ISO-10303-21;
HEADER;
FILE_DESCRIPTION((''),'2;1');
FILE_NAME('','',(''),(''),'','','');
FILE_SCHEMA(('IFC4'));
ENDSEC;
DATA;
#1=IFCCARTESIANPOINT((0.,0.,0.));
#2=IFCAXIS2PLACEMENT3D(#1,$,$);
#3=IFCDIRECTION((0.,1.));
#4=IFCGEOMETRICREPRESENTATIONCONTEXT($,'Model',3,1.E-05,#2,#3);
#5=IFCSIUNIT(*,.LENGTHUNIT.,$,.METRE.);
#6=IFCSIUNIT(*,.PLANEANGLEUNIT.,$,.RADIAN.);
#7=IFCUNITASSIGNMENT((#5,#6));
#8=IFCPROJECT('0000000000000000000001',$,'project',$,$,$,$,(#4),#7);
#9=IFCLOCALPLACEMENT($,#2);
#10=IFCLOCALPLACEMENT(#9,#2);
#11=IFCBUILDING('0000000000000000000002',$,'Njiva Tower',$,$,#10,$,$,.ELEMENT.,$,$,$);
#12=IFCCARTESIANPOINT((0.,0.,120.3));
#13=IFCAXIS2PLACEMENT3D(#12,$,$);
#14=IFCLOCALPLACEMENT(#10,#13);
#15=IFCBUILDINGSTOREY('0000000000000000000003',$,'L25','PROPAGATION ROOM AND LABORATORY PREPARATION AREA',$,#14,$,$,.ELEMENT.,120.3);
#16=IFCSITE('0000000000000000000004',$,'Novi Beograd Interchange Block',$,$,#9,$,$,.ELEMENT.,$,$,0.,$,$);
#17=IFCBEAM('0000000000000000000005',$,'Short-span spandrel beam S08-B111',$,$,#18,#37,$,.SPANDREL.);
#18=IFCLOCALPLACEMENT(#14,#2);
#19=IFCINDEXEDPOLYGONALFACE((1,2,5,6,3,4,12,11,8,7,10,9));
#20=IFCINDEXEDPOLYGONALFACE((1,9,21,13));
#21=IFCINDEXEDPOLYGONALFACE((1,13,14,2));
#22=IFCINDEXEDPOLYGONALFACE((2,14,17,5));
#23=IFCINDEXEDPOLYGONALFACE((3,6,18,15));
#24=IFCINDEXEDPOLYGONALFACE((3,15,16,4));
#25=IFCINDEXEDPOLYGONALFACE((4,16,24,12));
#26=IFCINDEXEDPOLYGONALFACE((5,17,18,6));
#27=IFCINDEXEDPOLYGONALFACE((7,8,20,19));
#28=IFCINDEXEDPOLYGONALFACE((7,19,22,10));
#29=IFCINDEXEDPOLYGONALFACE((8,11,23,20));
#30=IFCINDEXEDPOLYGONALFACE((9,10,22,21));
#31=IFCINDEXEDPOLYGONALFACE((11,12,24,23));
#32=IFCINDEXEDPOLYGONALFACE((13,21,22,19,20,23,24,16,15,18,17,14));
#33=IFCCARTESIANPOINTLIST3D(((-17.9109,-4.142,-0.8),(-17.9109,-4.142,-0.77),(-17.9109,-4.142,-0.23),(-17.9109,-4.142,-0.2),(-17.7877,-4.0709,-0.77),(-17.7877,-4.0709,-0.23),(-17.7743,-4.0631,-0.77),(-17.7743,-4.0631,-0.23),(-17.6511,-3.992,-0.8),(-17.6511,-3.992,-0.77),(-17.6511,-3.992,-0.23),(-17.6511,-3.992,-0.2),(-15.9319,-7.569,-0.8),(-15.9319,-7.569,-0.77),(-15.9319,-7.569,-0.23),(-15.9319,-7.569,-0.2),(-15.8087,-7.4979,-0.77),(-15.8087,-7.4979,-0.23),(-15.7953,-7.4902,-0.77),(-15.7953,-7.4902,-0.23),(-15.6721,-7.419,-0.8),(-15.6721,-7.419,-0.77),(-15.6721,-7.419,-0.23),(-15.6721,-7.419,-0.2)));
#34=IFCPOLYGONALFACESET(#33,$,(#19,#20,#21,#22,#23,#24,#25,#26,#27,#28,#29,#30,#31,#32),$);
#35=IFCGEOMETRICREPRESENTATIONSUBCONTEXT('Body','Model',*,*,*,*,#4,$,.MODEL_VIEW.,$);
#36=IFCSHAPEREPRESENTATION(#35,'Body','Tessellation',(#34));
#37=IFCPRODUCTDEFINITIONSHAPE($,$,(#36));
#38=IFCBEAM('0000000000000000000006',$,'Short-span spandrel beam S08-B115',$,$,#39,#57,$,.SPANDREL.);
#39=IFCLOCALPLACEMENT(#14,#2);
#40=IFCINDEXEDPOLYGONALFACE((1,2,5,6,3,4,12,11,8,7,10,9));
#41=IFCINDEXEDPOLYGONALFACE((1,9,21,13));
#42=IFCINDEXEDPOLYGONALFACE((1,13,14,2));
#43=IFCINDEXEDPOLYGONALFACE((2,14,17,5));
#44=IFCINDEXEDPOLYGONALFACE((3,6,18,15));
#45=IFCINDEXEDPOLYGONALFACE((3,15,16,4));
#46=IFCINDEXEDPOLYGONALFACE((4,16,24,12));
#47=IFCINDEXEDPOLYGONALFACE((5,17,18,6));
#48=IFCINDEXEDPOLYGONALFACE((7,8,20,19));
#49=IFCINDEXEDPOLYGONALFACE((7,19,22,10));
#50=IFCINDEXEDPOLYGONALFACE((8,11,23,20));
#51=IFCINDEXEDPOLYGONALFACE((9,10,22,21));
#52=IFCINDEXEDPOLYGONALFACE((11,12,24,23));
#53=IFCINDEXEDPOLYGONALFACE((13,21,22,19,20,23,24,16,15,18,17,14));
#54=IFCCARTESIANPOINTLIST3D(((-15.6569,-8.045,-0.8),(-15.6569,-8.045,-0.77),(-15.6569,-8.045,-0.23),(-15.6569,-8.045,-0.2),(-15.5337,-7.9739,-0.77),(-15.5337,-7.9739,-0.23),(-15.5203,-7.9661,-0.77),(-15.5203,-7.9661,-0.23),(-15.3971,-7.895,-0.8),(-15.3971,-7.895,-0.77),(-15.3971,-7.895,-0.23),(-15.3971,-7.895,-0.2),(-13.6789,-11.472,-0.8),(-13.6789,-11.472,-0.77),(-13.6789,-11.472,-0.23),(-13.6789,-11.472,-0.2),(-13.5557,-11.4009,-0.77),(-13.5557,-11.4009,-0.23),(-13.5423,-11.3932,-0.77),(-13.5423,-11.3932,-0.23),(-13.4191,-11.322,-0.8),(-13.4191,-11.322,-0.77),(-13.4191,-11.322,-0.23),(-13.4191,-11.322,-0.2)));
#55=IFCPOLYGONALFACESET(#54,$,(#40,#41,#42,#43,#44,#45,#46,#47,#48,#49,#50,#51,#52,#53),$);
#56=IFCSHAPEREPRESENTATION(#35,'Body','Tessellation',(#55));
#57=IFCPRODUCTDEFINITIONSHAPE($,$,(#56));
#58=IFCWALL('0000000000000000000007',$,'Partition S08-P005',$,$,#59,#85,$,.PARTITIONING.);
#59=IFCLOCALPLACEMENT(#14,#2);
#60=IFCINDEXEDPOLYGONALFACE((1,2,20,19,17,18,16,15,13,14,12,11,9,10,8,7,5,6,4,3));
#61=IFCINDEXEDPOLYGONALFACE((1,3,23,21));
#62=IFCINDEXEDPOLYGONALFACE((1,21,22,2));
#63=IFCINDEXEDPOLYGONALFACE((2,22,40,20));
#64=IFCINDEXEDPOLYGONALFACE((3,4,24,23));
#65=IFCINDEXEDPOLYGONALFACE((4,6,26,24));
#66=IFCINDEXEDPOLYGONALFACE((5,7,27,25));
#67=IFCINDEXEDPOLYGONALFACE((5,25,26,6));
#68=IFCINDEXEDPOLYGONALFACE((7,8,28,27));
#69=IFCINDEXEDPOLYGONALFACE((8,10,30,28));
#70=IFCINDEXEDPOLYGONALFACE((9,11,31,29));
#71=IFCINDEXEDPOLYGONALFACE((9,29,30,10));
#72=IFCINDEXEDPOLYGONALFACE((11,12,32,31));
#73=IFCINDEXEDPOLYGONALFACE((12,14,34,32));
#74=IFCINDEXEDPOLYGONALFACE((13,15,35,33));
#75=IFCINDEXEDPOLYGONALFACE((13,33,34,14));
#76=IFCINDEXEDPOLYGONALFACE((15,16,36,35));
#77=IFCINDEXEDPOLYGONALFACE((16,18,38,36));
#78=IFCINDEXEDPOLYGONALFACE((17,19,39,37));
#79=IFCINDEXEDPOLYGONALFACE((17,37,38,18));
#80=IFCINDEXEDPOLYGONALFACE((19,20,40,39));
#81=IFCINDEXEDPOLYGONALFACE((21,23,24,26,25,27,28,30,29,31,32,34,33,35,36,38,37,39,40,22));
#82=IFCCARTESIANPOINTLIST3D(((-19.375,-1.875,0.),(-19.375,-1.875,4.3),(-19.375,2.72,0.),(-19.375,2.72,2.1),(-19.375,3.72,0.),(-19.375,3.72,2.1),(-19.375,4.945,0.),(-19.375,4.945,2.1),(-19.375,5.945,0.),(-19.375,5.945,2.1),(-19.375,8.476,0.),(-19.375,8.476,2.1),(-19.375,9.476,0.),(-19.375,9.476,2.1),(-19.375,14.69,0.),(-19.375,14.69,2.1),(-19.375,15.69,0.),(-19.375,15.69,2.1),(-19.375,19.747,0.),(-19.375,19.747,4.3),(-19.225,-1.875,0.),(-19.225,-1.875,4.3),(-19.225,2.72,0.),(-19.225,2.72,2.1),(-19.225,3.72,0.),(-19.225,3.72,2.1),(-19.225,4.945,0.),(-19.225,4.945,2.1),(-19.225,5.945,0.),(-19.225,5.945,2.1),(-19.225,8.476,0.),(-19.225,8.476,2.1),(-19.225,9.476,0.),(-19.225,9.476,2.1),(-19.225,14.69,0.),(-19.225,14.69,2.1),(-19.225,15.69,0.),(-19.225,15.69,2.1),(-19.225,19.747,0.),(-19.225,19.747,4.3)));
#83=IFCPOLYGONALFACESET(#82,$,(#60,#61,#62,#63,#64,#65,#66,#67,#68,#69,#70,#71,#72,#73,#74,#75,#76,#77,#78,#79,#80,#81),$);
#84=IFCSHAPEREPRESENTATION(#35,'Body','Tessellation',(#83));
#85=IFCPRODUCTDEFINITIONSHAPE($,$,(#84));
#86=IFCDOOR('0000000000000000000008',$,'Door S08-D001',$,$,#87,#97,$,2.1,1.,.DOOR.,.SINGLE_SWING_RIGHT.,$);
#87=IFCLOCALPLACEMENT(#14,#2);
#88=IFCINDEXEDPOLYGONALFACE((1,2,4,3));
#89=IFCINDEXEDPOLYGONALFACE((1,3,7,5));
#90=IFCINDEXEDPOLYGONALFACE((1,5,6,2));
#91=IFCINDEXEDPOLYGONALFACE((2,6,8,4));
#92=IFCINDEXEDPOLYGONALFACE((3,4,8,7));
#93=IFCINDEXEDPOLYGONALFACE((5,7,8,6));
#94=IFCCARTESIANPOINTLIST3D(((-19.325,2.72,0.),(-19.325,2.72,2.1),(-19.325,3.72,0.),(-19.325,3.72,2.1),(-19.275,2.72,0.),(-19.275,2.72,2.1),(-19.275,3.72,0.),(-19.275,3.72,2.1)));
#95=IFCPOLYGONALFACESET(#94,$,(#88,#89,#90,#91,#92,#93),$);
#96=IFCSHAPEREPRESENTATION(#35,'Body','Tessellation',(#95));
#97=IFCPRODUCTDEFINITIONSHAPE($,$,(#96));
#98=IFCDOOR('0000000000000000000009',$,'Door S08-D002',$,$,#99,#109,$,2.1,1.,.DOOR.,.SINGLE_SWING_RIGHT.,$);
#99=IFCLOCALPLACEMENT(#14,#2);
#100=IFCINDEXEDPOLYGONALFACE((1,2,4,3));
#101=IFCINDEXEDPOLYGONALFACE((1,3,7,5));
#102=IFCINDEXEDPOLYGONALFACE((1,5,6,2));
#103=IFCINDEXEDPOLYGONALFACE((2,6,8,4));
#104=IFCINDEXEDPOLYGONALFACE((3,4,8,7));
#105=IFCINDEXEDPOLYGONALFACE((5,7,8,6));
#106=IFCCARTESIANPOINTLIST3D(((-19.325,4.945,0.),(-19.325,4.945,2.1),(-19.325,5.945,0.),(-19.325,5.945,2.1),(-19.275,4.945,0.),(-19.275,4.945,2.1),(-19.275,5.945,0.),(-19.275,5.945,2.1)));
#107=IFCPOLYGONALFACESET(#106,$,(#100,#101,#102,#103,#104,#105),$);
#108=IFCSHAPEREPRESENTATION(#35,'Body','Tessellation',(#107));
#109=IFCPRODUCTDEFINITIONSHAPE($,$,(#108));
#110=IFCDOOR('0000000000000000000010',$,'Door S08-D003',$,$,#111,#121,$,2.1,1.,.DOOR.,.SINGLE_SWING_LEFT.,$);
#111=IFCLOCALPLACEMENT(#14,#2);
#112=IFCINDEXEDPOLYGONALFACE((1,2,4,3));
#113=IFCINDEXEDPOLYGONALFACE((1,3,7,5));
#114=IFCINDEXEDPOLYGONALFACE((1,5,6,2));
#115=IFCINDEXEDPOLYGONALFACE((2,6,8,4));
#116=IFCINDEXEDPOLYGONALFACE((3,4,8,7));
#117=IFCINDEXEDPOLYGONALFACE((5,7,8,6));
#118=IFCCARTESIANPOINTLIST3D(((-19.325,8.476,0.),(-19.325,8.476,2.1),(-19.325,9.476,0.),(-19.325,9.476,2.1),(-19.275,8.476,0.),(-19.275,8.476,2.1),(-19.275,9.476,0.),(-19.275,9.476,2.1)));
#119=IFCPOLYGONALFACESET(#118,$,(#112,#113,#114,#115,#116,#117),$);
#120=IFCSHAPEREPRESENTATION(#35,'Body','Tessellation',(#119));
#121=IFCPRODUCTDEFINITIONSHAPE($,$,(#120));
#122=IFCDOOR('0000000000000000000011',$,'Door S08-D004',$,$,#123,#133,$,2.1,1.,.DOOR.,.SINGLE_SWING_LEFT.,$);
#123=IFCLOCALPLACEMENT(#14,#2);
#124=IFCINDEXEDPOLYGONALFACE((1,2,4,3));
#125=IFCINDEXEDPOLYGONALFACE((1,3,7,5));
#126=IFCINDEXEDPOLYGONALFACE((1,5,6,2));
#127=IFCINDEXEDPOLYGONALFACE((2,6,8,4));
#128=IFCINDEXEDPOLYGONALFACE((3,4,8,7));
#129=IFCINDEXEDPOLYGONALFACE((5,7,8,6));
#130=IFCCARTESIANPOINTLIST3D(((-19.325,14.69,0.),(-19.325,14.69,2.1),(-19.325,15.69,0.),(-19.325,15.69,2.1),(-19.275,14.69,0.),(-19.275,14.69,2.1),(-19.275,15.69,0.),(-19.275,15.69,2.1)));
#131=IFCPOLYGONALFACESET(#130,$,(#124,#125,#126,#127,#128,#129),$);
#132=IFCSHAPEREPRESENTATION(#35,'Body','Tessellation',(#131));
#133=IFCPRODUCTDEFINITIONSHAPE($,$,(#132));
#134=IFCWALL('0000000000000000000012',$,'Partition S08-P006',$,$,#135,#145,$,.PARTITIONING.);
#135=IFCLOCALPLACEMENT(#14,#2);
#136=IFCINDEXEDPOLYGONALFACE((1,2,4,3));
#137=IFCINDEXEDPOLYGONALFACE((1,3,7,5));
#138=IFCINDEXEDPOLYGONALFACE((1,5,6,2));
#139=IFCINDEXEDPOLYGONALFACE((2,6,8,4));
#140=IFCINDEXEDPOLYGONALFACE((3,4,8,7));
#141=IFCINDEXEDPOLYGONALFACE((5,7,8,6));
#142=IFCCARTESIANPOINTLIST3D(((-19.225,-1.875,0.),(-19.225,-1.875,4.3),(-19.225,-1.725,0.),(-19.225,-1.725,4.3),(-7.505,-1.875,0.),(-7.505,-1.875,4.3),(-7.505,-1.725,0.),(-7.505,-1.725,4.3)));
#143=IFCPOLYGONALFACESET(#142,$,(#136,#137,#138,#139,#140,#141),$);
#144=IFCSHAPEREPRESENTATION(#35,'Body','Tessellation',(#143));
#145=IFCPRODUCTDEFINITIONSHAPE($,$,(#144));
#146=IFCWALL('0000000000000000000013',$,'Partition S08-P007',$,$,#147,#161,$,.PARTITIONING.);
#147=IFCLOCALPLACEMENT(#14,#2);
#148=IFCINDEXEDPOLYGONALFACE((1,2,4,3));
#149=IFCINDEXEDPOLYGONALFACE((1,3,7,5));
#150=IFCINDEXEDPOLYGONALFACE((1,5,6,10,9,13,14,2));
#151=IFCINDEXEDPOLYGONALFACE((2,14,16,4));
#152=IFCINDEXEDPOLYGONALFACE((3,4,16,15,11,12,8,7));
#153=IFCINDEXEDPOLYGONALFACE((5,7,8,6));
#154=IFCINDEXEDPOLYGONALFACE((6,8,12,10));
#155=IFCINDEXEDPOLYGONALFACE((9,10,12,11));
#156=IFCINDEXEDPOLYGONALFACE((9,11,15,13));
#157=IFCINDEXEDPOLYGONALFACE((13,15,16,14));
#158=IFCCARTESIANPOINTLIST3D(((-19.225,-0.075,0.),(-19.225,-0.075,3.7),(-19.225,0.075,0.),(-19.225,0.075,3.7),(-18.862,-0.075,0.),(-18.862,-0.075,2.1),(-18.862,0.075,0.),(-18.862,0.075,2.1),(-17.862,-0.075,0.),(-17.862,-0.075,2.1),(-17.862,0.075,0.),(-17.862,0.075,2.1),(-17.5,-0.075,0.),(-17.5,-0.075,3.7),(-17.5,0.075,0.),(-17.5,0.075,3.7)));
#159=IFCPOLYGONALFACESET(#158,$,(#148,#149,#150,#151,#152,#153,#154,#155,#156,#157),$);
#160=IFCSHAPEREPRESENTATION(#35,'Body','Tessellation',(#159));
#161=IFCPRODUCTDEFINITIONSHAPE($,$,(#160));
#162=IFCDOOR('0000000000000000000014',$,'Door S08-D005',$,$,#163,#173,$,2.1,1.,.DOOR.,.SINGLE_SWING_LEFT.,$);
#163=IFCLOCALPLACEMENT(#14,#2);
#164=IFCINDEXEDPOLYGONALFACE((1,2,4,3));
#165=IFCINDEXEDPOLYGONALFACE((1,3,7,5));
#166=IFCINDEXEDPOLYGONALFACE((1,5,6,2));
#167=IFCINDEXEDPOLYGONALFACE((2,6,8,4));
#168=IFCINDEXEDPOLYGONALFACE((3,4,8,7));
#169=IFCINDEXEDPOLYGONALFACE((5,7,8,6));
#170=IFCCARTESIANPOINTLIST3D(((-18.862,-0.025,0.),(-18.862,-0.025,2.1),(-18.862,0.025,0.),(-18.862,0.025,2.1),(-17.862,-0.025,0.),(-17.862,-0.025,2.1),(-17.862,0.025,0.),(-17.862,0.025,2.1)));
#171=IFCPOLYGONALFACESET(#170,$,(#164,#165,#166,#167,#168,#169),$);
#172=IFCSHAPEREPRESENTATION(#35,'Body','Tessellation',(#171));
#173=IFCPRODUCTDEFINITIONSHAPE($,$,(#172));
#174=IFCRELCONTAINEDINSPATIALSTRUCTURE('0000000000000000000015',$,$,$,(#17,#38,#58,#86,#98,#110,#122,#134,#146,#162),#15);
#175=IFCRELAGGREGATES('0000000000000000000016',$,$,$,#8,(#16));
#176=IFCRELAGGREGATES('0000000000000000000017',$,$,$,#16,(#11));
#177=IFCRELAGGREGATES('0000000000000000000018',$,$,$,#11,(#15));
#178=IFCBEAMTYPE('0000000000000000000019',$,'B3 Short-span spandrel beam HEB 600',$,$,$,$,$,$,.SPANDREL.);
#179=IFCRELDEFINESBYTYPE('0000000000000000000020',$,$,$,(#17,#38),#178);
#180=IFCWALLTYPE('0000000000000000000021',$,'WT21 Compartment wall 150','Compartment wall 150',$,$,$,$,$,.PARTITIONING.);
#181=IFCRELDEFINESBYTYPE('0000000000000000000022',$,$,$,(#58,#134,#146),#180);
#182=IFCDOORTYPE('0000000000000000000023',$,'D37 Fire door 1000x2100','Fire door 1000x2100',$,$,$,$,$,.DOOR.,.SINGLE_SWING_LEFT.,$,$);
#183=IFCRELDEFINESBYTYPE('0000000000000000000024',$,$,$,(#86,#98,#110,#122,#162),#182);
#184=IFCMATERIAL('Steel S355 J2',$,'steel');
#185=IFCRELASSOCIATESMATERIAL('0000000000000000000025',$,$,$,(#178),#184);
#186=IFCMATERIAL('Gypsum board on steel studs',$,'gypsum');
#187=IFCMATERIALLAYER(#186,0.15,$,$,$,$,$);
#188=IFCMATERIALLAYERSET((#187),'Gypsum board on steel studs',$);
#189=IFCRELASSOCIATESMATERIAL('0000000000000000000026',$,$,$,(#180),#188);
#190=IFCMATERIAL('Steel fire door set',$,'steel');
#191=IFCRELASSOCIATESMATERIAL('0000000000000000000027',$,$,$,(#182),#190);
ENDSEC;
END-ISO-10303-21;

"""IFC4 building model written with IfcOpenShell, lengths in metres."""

from ifc_helpers import new_model, si_unit, direction, frame, frame_2d, origin, origin_2d, place, context, subcontext, project, spatial, rectangle, i_section, extrude, material, layer, layer_set, material_profile, profile_set, type_object, element, fill, save


model = new_model("IFC4")

# Units and contexts
model_context = context("Model", 3, precision=1e-05, world=origin(), true_north=direction((0.0, 1.0)))
body_context = subcontext(model_context, "Body", "Model", "MODEL_VIEW")
ifc_project = project(units=[si_unit("LENGTHUNIT", "METRE"), si_unit("PLANEANGLEUNIT", "RADIAN")], contexts=[model_context])

# Site, building, storey
site_placement = place(None, origin())
site = spatial("IfcSite", under=ifc_project, at=site_placement, Name="Novi Beograd Interchange Block", CompositionType="ELEMENT", RefElevation=0.0)
building_placement = place(site_placement, origin())
building = spatial("IfcBuilding", under=site, at=building_placement, Name="Njiva Tower", CompositionType="ELEMENT")
storey_placement = place(building_placement, frame((0.0, 0.0, 120.3)))
storey = spatial("IfcBuildingStorey", under=building, at=storey_placement, Name="L25", Description="PROPAGATION ROOM AND LABORATORY PREPARATION AREA", CompositionType="ELEMENT", Elevation=120.3)

# Shared definitions
ifc_material_1 = material(Name="Steel S355 J2", Category="steel")

# Beams
ifc_material_profile_1 = material_profile(ifc_material_1, i_section(OverallWidth=0.3, OverallDepth=0.6, WebThickness=0.0155, FlangeThickness=0.03, at=origin_2d()), Name="HEB 600")
ifc_profile_set_1 = profile_set([ifc_material_profile_1], Name="Steel S355 J2")
beam_type_1 = type_object("IfcBeamType", Name="B3 Short-span spandrel beam HEB 600", PredefinedType="SPANDREL", material=ifc_profile_set_1)
beam_1_placement = place(storey_placement, frame((-17.781, -4.067, -0.5), z_axis=(0.50008, -0.865979, 0.0), x_axis=(0.865979, 0.50008, 0.0)))
element("IfcBeam", 1, at=beam_1_placement, inside=storey, type_object=beam_type_1, Name="Short-span spandrel beam S08-B111", PredefinedType="SPANDREL", context=body_context, shape_type="SweptSolid", body=[
    extrude(i_section(OverallWidth=0.3, OverallDepth=0.6, WebThickness=0.0155, FlangeThickness=0.03, at=origin_2d()), origin(), (0.0, 0.0, 1.0), 3.9574),
])
beam_2_placement = place(storey_placement, frame((-15.527, -7.97, -0.5), z_axis=(0.49989, -0.866089, 0.0), x_axis=(0.866089, 0.49989, 0.0)))
element("IfcBeam", 2, at=beam_2_placement, inside=storey, type_object=beam_type_1, Name="Short-span spandrel beam S08-B115", PredefinedType="SPANDREL", context=body_context, shape_type="SweptSolid", body=[
    extrude(i_section(OverallWidth=0.3, OverallDepth=0.6, WebThickness=0.0155, FlangeThickness=0.03, at=origin_2d()), origin(), (0.0, 0.0, 1.0), 3.9569),
])

# Wall, openings, doors
ifc_material_2 = material(Name="Gypsum board on steel studs", Category="gypsum")
ifc_layer = layer(ifc_material_2, 0.15)
ifc_layer_set = layer_set([ifc_layer], Name="Gypsum board on steel studs")
wall_type = type_object("IfcWallType", Name="WT21 Compartment wall 150", Description="Compartment wall 150", PredefinedType="PARTITIONING", material=ifc_layer_set)
wall_1_placement = place(storey_placement, frame((-19.3, -1.875, 0.0), z_axis=(0.0, 0.0, 1.0), x_axis=(0.0, 1.0, 0.0)))
wall_1 = element("IfcWall", 3, at=wall_1_placement, inside=storey, type_object=wall_type, Name="Partition S08-P005", PredefinedType="PARTITIONING", context=body_context, shape_type="SweptSolid", body=[
    extrude(rectangle(XDim=21.622, YDim=0.15, at=frame_2d((10.811, 0.0))), origin(), (0.0, 0.0, 1.0), 4.3),
])
opening_1_placement = place(wall_1_placement, frame((4.595, 0.0, 0.0)))
opening_1 = element("IfcOpeningElement", 4, at=opening_1_placement, cuts=wall_1, PredefinedType="OPENING", context=body_context, shape_type="SweptSolid", body=[
    extrude(rectangle(XDim=1.0, YDim=2.1, at=frame_2d((0.5, 1.05))), frame((0.0, 0.085, 0.0), z_axis=(0.0, -1.0, 0.0), x_axis=(1.0, 0.0, 0.0)), (0.0, 0.0, 1.0), 0.17),
])
opening_2_placement = place(wall_1_placement, frame((6.82, 0.0, 0.0)))
opening_2 = element("IfcOpeningElement", 5, at=opening_2_placement, cuts=wall_1, PredefinedType="OPENING", context=body_context, shape_type="SweptSolid", body=[
    extrude(rectangle(XDim=1.0, YDim=2.1, at=frame_2d((0.5, 1.05))), frame((0.0, 0.085, 0.0), z_axis=(0.0, -1.0, 0.0), x_axis=(1.0, 0.0, 0.0)), (0.0, 0.0, 1.0), 0.17),
])
opening_3_placement = place(wall_1_placement, frame((10.351, 0.0, 0.0)))
opening_3 = element("IfcOpeningElement", 6, at=opening_3_placement, cuts=wall_1, PredefinedType="OPENING", context=body_context, shape_type="SweptSolid", body=[
    extrude(rectangle(XDim=1.0, YDim=2.1, at=frame_2d((0.5, 1.05))), frame((0.0, 0.085, 0.0), z_axis=(0.0, -1.0, 0.0), x_axis=(1.0, 0.0, 0.0)), (0.0, 0.0, 1.0), 0.17),
])
opening_4_placement = place(wall_1_placement, frame((16.565, 0.0, 0.0)))
opening_4 = element("IfcOpeningElement", 7, at=opening_4_placement, cuts=wall_1, PredefinedType="OPENING", context=body_context, shape_type="SweptSolid", body=[
    extrude(rectangle(XDim=1.0, YDim=2.1, at=frame_2d((0.5, 1.05))), frame((0.0, 0.085, 0.0), z_axis=(0.0, -1.0, 0.0), x_axis=(1.0, 0.0, 0.0)), (0.0, 0.0, 1.0), 0.17),
])
ifc_material_3 = material(Name="Steel fire door set", Category="steel")
door_type = type_object("IfcDoorType", Name="D37 Fire door 1000x2100", Description="Fire door 1000x2100", OperationType="SINGLE_SWING_LEFT", PredefinedType="DOOR", material=ifc_material_3)
door_1_placement = place(opening_1_placement, origin())
door_1 = element("IfcDoor", 8, at=door_1_placement, inside=storey, type_object=door_type, Name="Door S08-D001", OperationType="SINGLE_SWING_RIGHT", OverallHeight=2.1, OverallWidth=1.0, PredefinedType="DOOR", context=body_context, shape_type="SweptSolid", body=[
    extrude(rectangle(XDim=1.0, YDim=2.1, at=frame_2d((0.5, 1.05))), frame((0.0, 0.025, 0.0), z_axis=(0.0, -1.0, 0.0), x_axis=(1.0, 0.0, 0.0)), (0.0, 0.0, 1.0), 0.05),
])
fill(opening_1, door_1)
door_2_placement = place(opening_2_placement, origin())
door_2 = element("IfcDoor", 9, at=door_2_placement, inside=storey, type_object=door_type, Name="Door S08-D002", OperationType="SINGLE_SWING_RIGHT", OverallHeight=2.1, OverallWidth=1.0, PredefinedType="DOOR", context=body_context, shape_type="SweptSolid", body=[
    extrude(rectangle(XDim=1.0, YDim=2.1, at=frame_2d((0.5, 1.05))), frame((0.0, 0.025, 0.0), z_axis=(0.0, -1.0, 0.0), x_axis=(1.0, 0.0, 0.0)), (0.0, 0.0, 1.0), 0.05),
])
fill(opening_2, door_2)
door_3_placement = place(opening_3_placement, origin())
door_3 = element("IfcDoor", 10, at=door_3_placement, inside=storey, type_object=door_type, Name="Door S08-D003", OperationType="SINGLE_SWING_LEFT", OverallHeight=2.1, OverallWidth=1.0, PredefinedType="DOOR", context=body_context, shape_type="SweptSolid", body=[
    extrude(rectangle(XDim=1.0, YDim=2.1, at=frame_2d((0.5, 1.05))), frame((0.0, 0.025, 0.0), z_axis=(0.0, -1.0, 0.0), x_axis=(1.0, 0.0, 0.0)), (0.0, 0.0, 1.0), 0.05),
])
fill(opening_3, door_3)
door_4_placement = place(opening_4_placement, origin())
door_4 = element("IfcDoor", 11, at=door_4_placement, inside=storey, type_object=door_type, Name="Door S08-D004", OperationType="SINGLE_SWING_LEFT", OverallHeight=2.1, OverallWidth=1.0, PredefinedType="DOOR", context=body_context, shape_type="SweptSolid", body=[
    extrude(rectangle(XDim=1.0, YDim=2.1, at=frame_2d((0.5, 1.05))), frame((0.0, 0.025, 0.0), z_axis=(0.0, -1.0, 0.0), x_axis=(1.0, 0.0, 0.0)), (0.0, 0.0, 1.0), 0.05),
])
fill(opening_4, door_4)

# Wall
wall_2_placement = place(storey_placement, frame((-19.225, -1.8, 0.0), z_axis=(0.0, 0.0, 1.0), x_axis=(1.0, 0.0, 0.0)))
element("IfcWall", 12, at=wall_2_placement, inside=storey, type_object=wall_type, Name="Partition S08-P006", PredefinedType="PARTITIONING", context=body_context, shape_type="SweptSolid", body=[
    extrude(rectangle(XDim=11.72, YDim=0.15, at=frame_2d((5.86, 0.0))), origin(), (0.0, 0.0, 1.0), 4.3),
])

# Wall, opening, door
wall_3_placement = place(storey_placement, frame((-19.225, 0.0, 0.0), z_axis=(0.0, 0.0, 1.0), x_axis=(1.0, 0.0, 0.0)))
wall_3 = element("IfcWall", 13, at=wall_3_placement, inside=storey, type_object=wall_type, Name="Partition S08-P007", PredefinedType="PARTITIONING", context=body_context, shape_type="SweptSolid", body=[
    extrude(rectangle(XDim=1.725, YDim=0.15, at=frame_2d((0.8625, 0.0))), origin(), (0.0, 0.0, 1.0), 3.7),
])
opening_5_placement = place(wall_3_placement, frame((0.363, 0.0, 0.0)))
opening_5 = element("IfcOpeningElement", 14, at=opening_5_placement, cuts=wall_3, PredefinedType="OPENING", context=body_context, shape_type="SweptSolid", body=[
    extrude(rectangle(XDim=1.0, YDim=2.1, at=frame_2d((0.5, 1.05))), frame((0.0, 0.085, 0.0), z_axis=(0.0, -1.0, 0.0), x_axis=(1.0, 0.0, 0.0)), (0.0, 0.0, 1.0), 0.17),
])
door_5_placement = place(opening_5_placement, origin())
door_5 = element("IfcDoor", 15, at=door_5_placement, inside=storey, type_object=door_type, Name="Door S08-D005", OperationType="SINGLE_SWING_LEFT", OverallHeight=2.1, OverallWidth=1.0, PredefinedType="DOOR", context=body_context, shape_type="SweptSolid", body=[
    extrude(rectangle(XDim=1.0, YDim=2.1, at=frame_2d((0.5, 1.05))), frame((0.0, 0.025, 0.0), z_axis=(0.0, -1.0, 0.0), x_axis=(1.0, 0.0, 0.0)), (0.0, 0.0, 1.0), 0.05),
])
fill(opening_5, door_5)

save(model, "model.ifc")
